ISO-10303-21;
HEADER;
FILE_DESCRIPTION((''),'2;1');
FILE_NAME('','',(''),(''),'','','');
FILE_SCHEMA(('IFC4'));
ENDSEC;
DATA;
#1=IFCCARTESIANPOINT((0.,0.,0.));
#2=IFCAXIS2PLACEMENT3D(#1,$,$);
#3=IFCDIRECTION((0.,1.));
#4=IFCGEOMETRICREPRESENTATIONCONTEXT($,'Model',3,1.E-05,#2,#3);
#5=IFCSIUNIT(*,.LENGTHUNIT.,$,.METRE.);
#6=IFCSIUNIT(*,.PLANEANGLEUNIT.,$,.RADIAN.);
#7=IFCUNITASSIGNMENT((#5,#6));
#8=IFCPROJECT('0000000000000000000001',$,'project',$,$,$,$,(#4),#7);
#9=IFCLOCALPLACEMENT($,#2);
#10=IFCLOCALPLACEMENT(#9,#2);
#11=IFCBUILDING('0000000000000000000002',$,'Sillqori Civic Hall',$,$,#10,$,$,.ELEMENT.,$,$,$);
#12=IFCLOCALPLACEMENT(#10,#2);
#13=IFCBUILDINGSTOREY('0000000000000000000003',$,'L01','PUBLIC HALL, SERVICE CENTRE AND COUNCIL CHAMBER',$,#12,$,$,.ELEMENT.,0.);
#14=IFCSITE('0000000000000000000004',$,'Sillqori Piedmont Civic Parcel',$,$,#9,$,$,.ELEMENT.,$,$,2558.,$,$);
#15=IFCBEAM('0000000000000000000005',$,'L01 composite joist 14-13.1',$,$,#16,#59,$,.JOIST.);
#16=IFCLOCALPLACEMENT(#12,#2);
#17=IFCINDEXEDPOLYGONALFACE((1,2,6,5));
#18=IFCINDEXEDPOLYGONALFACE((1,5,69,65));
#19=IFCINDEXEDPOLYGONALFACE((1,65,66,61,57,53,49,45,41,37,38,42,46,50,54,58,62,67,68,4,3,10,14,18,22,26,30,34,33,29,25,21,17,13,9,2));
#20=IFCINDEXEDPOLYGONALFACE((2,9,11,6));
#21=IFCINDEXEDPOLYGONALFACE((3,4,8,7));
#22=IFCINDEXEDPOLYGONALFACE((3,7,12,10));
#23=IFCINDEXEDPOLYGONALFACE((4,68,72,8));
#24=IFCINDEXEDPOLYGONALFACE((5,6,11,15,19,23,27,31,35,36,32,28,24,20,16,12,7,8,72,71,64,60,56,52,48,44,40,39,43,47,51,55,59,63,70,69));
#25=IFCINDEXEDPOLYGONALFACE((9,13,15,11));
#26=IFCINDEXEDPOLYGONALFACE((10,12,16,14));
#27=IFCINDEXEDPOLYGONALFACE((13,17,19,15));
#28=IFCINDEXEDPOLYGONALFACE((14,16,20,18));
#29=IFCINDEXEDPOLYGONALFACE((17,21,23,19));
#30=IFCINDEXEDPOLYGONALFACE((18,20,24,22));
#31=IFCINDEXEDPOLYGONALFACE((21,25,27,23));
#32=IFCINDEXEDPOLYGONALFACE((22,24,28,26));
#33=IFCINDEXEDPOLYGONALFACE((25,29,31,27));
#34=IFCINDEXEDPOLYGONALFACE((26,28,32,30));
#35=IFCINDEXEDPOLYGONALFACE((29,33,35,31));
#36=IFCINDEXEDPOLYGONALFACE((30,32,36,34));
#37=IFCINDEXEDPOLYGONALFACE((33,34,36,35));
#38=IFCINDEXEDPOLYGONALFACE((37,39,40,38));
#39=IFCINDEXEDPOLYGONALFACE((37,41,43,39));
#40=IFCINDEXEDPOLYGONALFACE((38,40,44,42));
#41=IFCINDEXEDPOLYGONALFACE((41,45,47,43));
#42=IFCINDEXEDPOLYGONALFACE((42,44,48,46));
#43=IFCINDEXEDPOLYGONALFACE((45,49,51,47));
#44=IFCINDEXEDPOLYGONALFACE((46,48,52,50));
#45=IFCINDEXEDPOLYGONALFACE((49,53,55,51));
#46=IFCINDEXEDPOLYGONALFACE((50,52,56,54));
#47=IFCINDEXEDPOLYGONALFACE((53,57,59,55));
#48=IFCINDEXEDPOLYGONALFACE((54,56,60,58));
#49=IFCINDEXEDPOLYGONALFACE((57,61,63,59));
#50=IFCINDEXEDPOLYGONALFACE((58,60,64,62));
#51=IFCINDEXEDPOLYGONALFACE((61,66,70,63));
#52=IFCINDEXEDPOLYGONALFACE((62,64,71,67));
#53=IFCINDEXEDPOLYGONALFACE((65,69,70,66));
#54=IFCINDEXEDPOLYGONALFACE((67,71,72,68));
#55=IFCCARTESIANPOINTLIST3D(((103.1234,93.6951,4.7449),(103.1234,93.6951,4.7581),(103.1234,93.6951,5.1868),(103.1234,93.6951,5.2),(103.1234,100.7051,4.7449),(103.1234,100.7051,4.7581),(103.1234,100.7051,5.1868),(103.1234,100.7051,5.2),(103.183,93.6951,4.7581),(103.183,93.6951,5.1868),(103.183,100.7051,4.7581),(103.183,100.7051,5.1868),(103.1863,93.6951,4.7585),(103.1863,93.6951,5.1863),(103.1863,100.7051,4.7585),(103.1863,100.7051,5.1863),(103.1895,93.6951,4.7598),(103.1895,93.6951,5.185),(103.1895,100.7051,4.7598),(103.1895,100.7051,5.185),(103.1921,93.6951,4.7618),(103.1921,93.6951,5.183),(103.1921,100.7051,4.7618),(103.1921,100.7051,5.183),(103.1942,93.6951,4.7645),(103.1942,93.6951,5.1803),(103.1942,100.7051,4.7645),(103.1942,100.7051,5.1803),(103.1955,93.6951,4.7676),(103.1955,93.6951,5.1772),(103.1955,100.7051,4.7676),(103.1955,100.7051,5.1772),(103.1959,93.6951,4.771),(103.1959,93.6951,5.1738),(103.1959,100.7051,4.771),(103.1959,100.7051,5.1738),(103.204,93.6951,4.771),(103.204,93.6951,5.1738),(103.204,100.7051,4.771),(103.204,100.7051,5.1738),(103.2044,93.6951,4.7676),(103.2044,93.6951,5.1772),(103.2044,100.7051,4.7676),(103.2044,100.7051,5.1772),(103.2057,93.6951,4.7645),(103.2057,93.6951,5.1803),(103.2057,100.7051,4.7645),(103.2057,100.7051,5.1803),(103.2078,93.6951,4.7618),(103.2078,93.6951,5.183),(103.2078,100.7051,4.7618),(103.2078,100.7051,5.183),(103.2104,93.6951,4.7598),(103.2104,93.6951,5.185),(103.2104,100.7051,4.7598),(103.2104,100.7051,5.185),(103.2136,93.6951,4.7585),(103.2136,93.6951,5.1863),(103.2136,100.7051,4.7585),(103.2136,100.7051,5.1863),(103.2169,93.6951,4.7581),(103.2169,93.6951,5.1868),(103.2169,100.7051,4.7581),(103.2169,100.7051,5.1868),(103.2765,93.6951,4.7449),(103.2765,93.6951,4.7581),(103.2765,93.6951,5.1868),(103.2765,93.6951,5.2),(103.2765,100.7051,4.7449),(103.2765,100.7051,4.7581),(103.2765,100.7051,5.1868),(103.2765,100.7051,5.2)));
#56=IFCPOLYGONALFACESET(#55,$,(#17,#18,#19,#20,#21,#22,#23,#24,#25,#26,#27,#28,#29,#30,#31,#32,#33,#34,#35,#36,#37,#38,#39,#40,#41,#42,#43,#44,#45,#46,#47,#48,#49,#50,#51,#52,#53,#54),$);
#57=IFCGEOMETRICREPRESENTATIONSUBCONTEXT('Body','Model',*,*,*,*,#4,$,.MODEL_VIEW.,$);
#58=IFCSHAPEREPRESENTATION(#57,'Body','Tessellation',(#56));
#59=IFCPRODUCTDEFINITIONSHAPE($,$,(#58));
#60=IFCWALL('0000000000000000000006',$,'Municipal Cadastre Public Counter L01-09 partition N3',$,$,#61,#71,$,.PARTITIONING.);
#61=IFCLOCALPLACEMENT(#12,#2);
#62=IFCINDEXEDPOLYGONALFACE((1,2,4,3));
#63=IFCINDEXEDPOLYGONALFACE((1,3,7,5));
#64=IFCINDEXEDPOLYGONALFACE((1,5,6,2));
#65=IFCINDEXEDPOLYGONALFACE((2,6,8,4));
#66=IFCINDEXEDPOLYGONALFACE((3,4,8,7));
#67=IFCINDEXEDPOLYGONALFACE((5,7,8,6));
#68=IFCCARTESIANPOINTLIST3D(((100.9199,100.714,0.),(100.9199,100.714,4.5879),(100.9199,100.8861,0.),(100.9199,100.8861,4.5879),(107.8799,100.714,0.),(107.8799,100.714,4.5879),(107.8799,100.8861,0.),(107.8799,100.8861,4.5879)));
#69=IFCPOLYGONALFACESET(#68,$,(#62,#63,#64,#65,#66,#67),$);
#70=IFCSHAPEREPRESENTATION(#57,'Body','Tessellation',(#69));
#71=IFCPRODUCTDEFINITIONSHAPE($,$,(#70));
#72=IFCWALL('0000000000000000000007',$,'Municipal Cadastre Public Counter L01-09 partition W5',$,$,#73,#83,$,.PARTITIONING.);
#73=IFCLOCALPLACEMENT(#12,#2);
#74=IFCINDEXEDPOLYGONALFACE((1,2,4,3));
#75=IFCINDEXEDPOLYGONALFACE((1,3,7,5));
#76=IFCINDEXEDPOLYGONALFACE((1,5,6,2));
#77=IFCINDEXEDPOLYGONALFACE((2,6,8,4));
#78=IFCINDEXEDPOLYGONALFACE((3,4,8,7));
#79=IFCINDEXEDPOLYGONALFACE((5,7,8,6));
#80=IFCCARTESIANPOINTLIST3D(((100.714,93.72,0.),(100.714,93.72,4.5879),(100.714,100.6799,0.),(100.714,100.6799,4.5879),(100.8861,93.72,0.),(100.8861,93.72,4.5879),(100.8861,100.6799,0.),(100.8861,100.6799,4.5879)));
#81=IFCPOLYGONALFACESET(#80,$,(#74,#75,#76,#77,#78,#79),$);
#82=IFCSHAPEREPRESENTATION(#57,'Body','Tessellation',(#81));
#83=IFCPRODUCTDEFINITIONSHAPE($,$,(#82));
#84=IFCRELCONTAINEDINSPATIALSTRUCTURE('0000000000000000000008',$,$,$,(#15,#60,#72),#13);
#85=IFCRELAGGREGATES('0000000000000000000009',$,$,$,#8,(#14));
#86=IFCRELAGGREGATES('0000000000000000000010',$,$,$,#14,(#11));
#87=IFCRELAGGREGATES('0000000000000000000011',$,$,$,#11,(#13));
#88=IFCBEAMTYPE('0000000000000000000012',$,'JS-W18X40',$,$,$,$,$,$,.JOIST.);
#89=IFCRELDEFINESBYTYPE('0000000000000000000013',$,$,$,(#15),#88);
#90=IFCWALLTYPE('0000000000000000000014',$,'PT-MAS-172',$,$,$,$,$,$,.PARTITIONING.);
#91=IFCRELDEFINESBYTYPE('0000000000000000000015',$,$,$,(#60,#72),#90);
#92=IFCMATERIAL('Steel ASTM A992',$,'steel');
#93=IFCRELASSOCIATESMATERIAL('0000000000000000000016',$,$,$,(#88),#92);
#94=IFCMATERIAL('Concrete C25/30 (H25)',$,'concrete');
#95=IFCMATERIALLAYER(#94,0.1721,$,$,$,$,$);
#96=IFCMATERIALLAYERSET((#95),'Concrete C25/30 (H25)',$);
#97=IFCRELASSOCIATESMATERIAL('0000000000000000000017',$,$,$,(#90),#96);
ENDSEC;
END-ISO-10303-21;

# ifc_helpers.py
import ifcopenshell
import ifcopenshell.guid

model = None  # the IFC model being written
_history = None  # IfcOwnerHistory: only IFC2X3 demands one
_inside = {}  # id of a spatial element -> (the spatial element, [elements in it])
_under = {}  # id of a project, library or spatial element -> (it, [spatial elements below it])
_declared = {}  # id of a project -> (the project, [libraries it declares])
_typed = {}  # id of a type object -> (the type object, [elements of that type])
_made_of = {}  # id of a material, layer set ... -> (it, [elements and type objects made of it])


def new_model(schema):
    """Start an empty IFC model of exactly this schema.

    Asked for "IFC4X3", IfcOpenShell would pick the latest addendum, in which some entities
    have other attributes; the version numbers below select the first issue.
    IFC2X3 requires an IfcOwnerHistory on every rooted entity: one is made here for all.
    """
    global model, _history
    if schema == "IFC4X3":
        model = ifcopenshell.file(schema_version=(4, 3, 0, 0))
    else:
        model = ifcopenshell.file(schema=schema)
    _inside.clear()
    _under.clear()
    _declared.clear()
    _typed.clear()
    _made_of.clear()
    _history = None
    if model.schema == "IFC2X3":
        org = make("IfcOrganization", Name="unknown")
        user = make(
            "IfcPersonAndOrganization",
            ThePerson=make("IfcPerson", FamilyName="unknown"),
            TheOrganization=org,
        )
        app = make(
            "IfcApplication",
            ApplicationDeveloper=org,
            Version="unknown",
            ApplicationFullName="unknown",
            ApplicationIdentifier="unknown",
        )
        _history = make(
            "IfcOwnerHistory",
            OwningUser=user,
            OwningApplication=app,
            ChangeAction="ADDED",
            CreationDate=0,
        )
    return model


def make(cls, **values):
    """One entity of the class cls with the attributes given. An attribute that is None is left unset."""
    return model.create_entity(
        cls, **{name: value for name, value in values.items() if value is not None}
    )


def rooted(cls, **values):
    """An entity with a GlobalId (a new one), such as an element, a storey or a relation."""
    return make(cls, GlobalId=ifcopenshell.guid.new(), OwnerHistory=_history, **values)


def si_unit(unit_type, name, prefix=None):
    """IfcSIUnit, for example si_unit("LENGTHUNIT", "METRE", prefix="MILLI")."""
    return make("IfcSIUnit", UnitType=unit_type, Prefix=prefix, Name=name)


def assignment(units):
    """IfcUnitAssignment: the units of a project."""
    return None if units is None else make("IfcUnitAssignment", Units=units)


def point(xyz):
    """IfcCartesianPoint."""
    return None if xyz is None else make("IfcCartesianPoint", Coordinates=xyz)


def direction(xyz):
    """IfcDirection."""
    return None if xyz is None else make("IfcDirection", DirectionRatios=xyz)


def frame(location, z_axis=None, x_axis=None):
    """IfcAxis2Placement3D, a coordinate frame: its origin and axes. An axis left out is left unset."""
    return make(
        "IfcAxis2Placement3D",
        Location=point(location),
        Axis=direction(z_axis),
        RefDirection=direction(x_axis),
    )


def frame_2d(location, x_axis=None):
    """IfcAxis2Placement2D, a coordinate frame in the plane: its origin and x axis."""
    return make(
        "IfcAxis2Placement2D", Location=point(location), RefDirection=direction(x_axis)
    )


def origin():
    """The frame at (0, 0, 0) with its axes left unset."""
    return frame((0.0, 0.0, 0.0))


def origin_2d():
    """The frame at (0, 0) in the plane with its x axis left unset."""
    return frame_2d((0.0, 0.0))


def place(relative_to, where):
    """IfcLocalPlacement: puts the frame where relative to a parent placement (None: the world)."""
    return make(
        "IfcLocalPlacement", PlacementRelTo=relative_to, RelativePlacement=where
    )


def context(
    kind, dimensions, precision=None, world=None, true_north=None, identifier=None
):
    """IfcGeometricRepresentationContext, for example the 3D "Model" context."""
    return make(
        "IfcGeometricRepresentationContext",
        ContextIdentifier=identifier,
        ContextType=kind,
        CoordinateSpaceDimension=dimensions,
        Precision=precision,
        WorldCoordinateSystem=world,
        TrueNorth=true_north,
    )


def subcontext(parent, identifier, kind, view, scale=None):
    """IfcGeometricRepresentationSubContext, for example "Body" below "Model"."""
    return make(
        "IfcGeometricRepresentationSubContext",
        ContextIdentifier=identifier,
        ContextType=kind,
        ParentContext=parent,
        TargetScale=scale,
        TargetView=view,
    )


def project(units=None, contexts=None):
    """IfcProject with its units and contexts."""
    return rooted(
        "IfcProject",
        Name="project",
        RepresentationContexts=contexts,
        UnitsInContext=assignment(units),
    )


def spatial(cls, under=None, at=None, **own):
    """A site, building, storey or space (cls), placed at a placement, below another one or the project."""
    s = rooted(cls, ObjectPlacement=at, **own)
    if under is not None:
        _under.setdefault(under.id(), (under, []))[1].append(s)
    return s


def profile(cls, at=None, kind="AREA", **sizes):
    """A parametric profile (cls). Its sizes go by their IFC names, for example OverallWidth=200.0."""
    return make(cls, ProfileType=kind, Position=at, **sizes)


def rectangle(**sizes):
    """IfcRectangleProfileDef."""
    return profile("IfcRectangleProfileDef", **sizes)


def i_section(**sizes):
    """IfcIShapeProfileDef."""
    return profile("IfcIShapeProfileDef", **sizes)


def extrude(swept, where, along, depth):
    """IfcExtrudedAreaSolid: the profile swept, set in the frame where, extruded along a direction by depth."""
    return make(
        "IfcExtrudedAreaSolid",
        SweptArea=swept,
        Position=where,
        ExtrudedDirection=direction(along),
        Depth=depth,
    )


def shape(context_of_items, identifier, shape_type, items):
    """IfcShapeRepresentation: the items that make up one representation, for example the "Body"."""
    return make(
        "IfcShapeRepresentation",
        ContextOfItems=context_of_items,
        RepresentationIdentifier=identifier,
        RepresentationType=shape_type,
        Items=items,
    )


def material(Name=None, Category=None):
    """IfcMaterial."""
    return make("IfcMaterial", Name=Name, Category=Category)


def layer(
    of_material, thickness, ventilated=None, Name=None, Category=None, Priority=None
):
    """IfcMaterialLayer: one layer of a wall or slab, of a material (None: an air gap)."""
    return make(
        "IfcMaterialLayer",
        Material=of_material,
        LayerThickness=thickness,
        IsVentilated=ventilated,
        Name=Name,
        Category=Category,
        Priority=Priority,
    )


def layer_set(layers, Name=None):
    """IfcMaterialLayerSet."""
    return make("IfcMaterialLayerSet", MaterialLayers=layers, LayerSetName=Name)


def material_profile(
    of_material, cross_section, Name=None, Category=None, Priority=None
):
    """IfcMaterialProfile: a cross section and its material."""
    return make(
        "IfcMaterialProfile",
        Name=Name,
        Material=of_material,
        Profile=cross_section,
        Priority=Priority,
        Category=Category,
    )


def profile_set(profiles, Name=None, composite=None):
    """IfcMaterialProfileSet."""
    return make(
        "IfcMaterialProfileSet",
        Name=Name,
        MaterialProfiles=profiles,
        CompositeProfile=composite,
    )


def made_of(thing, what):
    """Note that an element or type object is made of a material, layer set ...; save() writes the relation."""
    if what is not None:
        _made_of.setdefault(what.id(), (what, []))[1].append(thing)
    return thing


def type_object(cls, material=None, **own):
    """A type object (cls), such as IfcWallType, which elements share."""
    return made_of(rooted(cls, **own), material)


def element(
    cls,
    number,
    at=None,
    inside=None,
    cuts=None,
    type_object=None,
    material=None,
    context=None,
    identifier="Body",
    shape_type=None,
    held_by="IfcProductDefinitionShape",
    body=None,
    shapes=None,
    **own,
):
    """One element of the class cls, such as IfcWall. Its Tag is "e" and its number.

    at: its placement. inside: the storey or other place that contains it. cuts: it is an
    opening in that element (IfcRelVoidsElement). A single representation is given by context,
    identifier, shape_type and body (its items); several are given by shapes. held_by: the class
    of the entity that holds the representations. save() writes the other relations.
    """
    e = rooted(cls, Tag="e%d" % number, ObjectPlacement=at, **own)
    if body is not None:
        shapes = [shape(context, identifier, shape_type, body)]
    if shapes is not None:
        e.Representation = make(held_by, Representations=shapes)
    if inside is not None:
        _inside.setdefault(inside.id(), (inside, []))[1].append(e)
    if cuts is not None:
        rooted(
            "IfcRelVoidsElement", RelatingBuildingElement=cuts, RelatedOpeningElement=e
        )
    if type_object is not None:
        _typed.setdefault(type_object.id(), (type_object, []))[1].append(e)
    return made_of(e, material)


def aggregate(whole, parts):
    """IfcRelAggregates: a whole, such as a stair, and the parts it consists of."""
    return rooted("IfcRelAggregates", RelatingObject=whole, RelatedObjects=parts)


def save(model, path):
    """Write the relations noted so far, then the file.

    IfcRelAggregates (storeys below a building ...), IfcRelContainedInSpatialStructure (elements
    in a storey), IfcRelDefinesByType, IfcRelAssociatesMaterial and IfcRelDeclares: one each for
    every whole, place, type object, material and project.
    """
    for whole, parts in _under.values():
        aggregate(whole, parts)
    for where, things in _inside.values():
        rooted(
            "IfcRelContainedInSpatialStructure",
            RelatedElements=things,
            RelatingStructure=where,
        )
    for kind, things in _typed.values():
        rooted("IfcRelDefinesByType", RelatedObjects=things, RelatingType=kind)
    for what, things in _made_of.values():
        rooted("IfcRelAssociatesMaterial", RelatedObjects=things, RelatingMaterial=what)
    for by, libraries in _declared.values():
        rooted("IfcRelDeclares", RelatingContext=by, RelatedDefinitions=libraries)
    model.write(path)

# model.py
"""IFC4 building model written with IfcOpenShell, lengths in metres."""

from ifc_helpers import new_model, si_unit, direction, frame, frame_2d, origin, origin_2d, place, context, subcontext, project, spatial, rectangle, i_section, extrude, material, layer, layer_set, material_profile, profile_set, type_object, element, save


model = new_model("IFC4")

# Units and contexts
model_context = context("Model", 3, precision=1e-05, world=origin(), true_north=direction((0.0, 1.0)))
body_context = subcontext(model_context, "Body", "Model", "MODEL_VIEW")
ifc_project = project(units=[si_unit("LENGTHUNIT", "METRE"), si_unit("PLANEANGLEUNIT", "RADIAN")], contexts=[model_context])

# Site, building, storey
site_placement = place(None, origin())
site = spatial("IfcSite", under=ifc_project, at=site_placement, Name="Sillqori Piedmont Civic Parcel", CompositionType="ELEMENT", RefElevation=2558.0)
building_placement = place(site_placement, origin())
building = spatial("IfcBuilding", under=site, at=building_placement, Name="Sillqori Civic Hall", CompositionType="ELEMENT")
storey_placement = place(building_placement, origin())
storey = spatial("IfcBuildingStorey", under=building, at=storey_placement, Name="L01", Description="PUBLIC HALL, SERVICE CENTRE AND COUNCIL CHAMBER", CompositionType="ELEMENT", Elevation=0.0)

# Shared definitions
ifc_material_1 = material(Name="Steel ASTM A992", Category="steel")

# Beam
ifc_material_profile_1 = material_profile(ifc_material_1, i_section(OverallWidth=0.1531, OverallDepth=0.4551, WebThickness=0.0081, FlangeThickness=0.0132, FilletRadius=0.0129, at=origin_2d()), Name="W18X40")
ifc_profile_set_1 = profile_set([ifc_material_profile_1], Name="Steel ASTM A992")
beam_type_1 = type_object("IfcBeamType", Name="JS-W18X40", PredefinedType="JOIST", material=ifc_profile_set_1)
for number, where, z_axis, x_axis, name in (
    (1, (103.2, 93.6951, 4.9724), (0.0, 1.0, 0.0), (-1.0, 0.0, 0.0), "L01 composite joist 14-13.1"),
):
    element("IfcBeam", number, at=place(storey_placement, frame(where, z_axis=z_axis, x_axis=x_axis)), inside=storey, type_object=beam_type_1, Name=name, PredefinedType="JOIST", context=body_context, shape_type="SweptSolid", body=[
        extrude(i_section(OverallWidth=0.1531, OverallDepth=0.4551, WebThickness=0.0081, FlangeThickness=0.0132, FilletRadius=0.0129, at=origin_2d()), origin(), (0.0, 0.0, 1.0), 7.01),
    ])

# Walls
ifc_material_2 = material(Name="Concrete C25/30 (H25)", Category="concrete")
ifc_layer = layer(ifc_material_2, 0.1721)
ifc_layer_set = layer_set([ifc_layer], Name="Concrete C25/30 (H25)")
wall_type = type_object("IfcWallType", Name="PT-MAS-172", PredefinedType="PARTITIONING", material=ifc_layer_set)
for number, where, z_axis, x_axis, name in (
    (2, (100.9199, 100.8, 0.0), (0.0, 0.0, 1.0), (1.0, 0.0, 0.0), "Municipal Cadastre Public Counter L01-09 partition N3"),
    (3, (100.8, 93.72, 0.0), (0.0, 0.0, 1.0), (0.0, 1.0, 0.0), "Municipal Cadastre Public Counter L01-09 partition W5"),
):
    element("IfcWall", number, at=place(storey_placement, frame(where, z_axis=z_axis, x_axis=x_axis)), inside=storey, type_object=wall_type, Name=name, PredefinedType="PARTITIONING", context=body_context, shape_type="SweptSolid", body=[
        extrude(rectangle(XDim=6.96, YDim=0.1721, at=frame_2d((3.48, 0.0))), origin(), (0.0, 0.0, 1.0), 4.5879),
    ])

save(model, "model.ifc")
